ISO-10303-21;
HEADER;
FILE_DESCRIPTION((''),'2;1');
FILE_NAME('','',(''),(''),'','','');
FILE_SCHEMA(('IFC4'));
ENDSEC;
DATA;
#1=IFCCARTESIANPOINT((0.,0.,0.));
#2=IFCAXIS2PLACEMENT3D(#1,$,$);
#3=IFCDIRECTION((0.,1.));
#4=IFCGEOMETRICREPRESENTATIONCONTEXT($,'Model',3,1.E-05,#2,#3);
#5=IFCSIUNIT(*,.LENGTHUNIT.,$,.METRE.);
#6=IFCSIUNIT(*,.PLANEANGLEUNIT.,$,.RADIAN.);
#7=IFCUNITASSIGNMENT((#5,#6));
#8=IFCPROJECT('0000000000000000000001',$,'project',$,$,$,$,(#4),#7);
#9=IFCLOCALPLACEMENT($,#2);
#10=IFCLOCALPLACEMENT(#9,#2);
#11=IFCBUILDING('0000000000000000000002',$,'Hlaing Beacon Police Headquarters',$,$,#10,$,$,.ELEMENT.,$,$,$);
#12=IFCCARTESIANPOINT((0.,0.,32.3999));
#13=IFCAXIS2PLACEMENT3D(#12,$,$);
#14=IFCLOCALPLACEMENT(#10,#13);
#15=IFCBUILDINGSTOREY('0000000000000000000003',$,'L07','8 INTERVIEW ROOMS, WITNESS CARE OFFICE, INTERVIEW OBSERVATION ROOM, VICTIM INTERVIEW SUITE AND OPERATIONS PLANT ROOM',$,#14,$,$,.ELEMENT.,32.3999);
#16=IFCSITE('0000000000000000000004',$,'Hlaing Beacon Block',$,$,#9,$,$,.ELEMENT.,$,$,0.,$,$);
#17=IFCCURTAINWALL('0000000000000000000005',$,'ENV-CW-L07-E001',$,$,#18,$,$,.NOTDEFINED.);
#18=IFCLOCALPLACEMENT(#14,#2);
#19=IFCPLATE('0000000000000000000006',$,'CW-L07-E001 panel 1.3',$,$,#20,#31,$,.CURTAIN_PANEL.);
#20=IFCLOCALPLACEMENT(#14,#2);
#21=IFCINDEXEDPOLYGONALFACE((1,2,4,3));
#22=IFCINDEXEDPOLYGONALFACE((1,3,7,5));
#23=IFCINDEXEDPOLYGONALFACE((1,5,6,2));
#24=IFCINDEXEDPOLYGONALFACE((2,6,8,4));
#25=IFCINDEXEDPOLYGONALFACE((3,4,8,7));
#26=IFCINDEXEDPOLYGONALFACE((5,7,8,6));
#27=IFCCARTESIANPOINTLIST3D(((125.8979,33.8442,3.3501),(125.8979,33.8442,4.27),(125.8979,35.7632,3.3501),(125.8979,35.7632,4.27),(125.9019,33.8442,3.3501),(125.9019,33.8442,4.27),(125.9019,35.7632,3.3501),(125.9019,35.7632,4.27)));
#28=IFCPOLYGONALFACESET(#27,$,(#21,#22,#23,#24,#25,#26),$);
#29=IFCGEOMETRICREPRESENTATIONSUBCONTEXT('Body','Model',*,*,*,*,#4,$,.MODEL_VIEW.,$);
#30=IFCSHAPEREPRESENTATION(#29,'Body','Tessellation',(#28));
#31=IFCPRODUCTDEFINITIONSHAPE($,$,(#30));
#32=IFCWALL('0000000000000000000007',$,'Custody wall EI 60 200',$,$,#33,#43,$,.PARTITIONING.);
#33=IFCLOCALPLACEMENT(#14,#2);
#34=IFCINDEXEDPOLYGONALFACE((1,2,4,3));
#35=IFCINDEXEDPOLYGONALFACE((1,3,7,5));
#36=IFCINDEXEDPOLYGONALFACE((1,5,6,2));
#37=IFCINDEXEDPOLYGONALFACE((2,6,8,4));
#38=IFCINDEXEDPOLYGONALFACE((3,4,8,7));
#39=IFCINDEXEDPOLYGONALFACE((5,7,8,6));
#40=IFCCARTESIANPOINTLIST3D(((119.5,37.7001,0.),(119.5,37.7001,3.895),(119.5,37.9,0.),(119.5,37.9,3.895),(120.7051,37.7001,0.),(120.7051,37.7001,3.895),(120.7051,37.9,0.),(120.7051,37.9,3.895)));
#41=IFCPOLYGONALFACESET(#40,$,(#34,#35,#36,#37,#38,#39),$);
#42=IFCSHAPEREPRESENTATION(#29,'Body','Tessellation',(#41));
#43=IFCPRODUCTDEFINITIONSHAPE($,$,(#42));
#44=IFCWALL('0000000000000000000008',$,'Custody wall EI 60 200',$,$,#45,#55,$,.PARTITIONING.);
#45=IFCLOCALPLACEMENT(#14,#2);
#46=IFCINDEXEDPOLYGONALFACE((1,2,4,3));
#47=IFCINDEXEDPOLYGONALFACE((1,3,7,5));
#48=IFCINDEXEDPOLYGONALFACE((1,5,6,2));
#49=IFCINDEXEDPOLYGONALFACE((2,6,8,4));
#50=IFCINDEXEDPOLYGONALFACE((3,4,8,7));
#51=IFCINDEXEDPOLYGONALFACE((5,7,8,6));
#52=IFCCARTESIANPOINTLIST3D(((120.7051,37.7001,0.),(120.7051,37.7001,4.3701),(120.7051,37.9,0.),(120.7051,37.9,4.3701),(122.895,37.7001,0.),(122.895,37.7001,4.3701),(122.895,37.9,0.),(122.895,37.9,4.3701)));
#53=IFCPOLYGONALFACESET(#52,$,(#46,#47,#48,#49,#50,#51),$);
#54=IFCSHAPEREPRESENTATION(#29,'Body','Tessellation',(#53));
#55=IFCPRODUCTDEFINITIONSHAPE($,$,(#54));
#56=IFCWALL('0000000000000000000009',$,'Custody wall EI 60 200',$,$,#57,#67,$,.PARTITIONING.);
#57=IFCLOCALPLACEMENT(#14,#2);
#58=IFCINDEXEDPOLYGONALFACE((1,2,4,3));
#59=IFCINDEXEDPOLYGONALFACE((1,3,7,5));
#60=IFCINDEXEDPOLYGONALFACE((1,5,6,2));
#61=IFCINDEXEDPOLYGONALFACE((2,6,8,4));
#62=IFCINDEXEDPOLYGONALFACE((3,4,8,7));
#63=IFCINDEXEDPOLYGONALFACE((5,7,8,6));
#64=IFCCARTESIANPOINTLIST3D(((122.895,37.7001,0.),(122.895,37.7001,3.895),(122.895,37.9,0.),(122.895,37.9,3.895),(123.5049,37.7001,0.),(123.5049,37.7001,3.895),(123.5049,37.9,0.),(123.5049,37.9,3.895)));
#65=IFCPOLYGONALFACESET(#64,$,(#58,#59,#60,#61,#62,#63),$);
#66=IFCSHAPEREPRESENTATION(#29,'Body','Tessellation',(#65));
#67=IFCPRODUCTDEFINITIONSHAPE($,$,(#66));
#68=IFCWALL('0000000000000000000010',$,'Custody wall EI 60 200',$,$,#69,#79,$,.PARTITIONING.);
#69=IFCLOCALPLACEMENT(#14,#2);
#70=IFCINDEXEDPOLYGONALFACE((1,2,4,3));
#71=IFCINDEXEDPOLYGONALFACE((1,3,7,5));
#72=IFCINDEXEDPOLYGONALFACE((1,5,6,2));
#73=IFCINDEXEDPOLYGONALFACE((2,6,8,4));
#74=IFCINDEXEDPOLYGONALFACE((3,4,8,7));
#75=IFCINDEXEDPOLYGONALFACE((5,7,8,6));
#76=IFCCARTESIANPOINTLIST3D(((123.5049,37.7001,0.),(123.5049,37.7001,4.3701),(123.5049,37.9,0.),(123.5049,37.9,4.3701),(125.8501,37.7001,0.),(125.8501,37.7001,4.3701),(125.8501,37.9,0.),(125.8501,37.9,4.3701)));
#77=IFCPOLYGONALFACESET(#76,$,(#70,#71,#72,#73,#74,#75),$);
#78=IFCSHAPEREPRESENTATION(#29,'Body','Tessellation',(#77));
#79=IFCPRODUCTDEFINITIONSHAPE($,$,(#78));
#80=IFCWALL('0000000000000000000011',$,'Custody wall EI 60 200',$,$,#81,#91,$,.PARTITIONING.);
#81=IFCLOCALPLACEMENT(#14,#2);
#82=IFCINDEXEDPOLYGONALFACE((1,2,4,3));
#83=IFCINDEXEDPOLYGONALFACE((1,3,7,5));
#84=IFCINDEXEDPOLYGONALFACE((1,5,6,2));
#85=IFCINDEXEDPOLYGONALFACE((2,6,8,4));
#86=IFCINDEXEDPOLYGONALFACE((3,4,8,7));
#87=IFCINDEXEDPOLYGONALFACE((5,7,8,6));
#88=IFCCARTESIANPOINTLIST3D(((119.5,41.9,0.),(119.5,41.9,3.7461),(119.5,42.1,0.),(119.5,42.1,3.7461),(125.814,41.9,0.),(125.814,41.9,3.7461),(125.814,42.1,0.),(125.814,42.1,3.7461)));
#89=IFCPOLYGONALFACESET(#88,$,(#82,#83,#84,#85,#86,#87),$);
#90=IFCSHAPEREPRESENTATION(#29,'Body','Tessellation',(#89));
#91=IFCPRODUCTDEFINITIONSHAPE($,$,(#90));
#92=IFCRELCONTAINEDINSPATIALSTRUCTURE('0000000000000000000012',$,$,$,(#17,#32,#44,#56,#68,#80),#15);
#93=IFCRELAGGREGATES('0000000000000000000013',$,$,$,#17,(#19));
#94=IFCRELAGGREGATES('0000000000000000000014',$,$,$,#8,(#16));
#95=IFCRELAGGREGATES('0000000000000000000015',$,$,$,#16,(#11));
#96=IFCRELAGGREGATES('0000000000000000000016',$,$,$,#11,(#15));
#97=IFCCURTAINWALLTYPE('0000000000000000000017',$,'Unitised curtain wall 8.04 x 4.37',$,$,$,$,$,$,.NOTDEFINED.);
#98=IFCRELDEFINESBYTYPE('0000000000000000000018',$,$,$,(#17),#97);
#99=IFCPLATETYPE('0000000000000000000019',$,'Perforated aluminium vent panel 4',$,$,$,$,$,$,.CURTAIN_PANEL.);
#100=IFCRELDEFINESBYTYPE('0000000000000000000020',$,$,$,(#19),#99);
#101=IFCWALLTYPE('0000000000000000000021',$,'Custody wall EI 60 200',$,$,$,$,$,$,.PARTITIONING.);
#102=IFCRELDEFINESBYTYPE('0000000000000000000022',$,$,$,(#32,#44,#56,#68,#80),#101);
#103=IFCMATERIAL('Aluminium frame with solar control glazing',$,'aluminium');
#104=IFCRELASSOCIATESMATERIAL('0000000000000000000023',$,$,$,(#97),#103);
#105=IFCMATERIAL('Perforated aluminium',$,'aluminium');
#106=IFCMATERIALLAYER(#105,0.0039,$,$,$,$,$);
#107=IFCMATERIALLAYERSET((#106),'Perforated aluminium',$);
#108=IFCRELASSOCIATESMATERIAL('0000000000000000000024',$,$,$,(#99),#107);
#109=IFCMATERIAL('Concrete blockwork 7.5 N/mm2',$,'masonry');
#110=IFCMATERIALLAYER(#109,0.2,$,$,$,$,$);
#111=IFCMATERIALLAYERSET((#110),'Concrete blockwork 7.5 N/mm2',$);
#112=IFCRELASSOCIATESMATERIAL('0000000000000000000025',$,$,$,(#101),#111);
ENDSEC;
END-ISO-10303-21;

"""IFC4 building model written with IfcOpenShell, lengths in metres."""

from ifc_helpers import new_model, si_unit, direction, frame, frame_2d, origin, origin_2d, place, context, subcontext, project, spatial, rectangle, extrude, material, layer, layer_set, type_object, element, aggregate, save


model = new_model("IFC4")

# Units and contexts
model_context = context("Model", 3, precision=1e-05, world=origin(), true_north=direction((0.0, 1.0)))
body_context = subcontext(model_context, "Body", "Model", "MODEL_VIEW")
ifc_project = project(units=[si_unit("LENGTHUNIT", "METRE"), si_unit("PLANEANGLEUNIT", "RADIAN")], contexts=[model_context])

# Site, building, storey
site_placement = place(None, origin())
site = spatial("IfcSite", under=ifc_project, at=site_placement, Name="Hlaing Beacon Block", CompositionType="ELEMENT", RefElevation=0.0)
building_placement = place(site_placement, origin())
building = spatial("IfcBuilding", under=site, at=building_placement, Name="Hlaing Beacon Police Headquarters", CompositionType="ELEMENT")
storey_placement = place(building_placement, frame((0.0, 0.0, 32.3999)))
storey = spatial("IfcBuildingStorey", under=building, at=storey_placement, Name="L07", Description="8 INTERVIEW ROOMS, WITNESS CARE OFFICE, INTERVIEW OBSERVATION ROOM, VICTIM INTERVIEW SUITE AND OPERATIONS PLANT ROOM", CompositionType="ELEMENT", Elevation=32.3999)

# Curtain wall
ifc_material_1 = material(Name="Aluminium frame with solar control glazing", Category="aluminium")
curtain_wall_type = type_object("IfcCurtainWallType", Name="Unitised curtain wall 8.04 x 4.37", PredefinedType="NOTDEFINED", material=ifc_material_1)
curtain_wall_placement = place(storey_placement, origin())
curtain_wall = element("IfcCurtainWall", 1, at=curtain_wall_placement, inside=storey, type_object=curtain_wall_type, Name="ENV-CW-L07-E001", PredefinedType="NOTDEFINED")

# Plate
ifc_material_2 = material(Name="Perforated aluminium", Category="aluminium")
ifc_layer_1 = layer(ifc_material_2, 0.0039)
ifc_layer_set_1 = layer_set([ifc_layer_1], Name="Perforated aluminium")
plate_type_1 = type_object("IfcPlateType", Name="Perforated aluminium vent panel 4", PredefinedType="CURTAIN_PANEL", material=ifc_layer_set_1)
plate_1_placement = place(storey_placement, frame((125.8999, 34.8037, 3.3501), z_axis=(0.0, 0.0, 1.0), x_axis=(0.0, 1.0, 0.0)))
plate_1 = element("IfcPlate", 2, at=plate_1_placement, type_object=plate_type_1, Name="CW-L07-E001 panel 1.3", PredefinedType="CURTAIN_PANEL", context=body_context, shape_type="SweptSolid", body=[
    extrude(rectangle(XDim=1.9189, YDim=0.0039, at=origin_2d()), origin(), (0.0, 0.0, 1.0), 0.9199),
])
aggregate(curtain_wall, [plate_1])

# Walls
ifc_material_3 = material(Name="Concrete blockwork 7.5 N/mm2", Category="masonry")
ifc_layer_2 = layer(ifc_material_3, 0.2)
ifc_layer_set_2 = layer_set([ifc_layer_2], Name="Concrete blockwork 7.5 N/mm2")
wall_type = type_object("IfcWallType", Name="Custody wall EI 60 200", PredefinedType="PARTITIONING", material=ifc_layer_set_2)
wall_1_placement = place(storey_placement, frame((119.5, 37.8, 0.0), z_axis=(0.0, 0.0, 1.0), x_axis=(1.0, 0.0, 0.0)))
element("IfcWall", 3, at=wall_1_placement, inside=storey, type_object=wall_type, Name="Custody wall EI 60 200", PredefinedType="PARTITIONING", context=body_context, shape_type="SweptSolid", body=[
    extrude(rectangle(XDim=1.2051, YDim=0.2, at=frame_2d((0.6025, 0.0))), origin(), (0.0, 0.0, 1.0), 3.895),
])
wall_2_placement = place(storey_placement, frame((120.7051, 37.8, 0.0), z_axis=(0.0, 0.0, 1.0), x_axis=(1.0, 0.0, 0.0)))
element("IfcWall", 4, at=wall_2_placement, inside=storey, type_object=wall_type, Name="Custody wall EI 60 200", PredefinedType="PARTITIONING", context=body_context, shape_type="SweptSolid", body=[
    extrude(rectangle(XDim=2.1899, YDim=0.2, at=frame_2d((1.095, 0.0))), origin(), (0.0, 0.0, 1.0), 4.3701),
])
wall_3_placement = place(storey_placement, frame((122.895, 37.8, 0.0), z_axis=(0.0, 0.0, 1.0), x_axis=(1.0, 0.0, 0.0)))
element("IfcWall", 5, at=wall_3_placement, inside=storey, type_object=wall_type, Name="Custody wall EI 60 200", PredefinedType="PARTITIONING", context=body_context, shape_type="SweptSolid", body=[
    extrude(rectangle(XDim=0.6099, YDim=0.2, at=frame_2d((0.3049, 0.0))), origin(), (0.0, 0.0, 1.0), 3.895),
])
wall_4_placement = place(storey_placement, frame((123.5049, 37.8, 0.0), z_axis=(0.0, 0.0, 1.0), x_axis=(1.0, 0.0, 0.0)))
element("IfcWall", 6, at=wall_4_placement, inside=storey, type_object=wall_type, Name="Custody wall EI 60 200", PredefinedType="PARTITIONING", context=body_context, shape_type="SweptSolid", body=[
    extrude(rectangle(XDim=2.3452, YDim=0.2, at=frame_2d((1.1726, 0.0))), origin(), (0.0, 0.0, 1.0), 4.3701),
])
wall_5_placement = place(storey_placement, frame((119.5, 42.0, 0.0), z_axis=(0.0, 0.0, 1.0), x_axis=(1.0, 0.0, 0.0)))
element("IfcWall", 7, at=wall_5_placement, inside=storey, type_object=wall_type, Name="Custody wall EI 60 200", PredefinedType="PARTITIONING", context=body_context, shape_type="SweptSolid", body=[
    extrude(rectangle(XDim=6.314, YDim=0.2, at=frame_2d((3.157, 0.0))), origin(), (0.0, 0.0, 1.0), 3.7461),
])

save(model, "model.ifc")
